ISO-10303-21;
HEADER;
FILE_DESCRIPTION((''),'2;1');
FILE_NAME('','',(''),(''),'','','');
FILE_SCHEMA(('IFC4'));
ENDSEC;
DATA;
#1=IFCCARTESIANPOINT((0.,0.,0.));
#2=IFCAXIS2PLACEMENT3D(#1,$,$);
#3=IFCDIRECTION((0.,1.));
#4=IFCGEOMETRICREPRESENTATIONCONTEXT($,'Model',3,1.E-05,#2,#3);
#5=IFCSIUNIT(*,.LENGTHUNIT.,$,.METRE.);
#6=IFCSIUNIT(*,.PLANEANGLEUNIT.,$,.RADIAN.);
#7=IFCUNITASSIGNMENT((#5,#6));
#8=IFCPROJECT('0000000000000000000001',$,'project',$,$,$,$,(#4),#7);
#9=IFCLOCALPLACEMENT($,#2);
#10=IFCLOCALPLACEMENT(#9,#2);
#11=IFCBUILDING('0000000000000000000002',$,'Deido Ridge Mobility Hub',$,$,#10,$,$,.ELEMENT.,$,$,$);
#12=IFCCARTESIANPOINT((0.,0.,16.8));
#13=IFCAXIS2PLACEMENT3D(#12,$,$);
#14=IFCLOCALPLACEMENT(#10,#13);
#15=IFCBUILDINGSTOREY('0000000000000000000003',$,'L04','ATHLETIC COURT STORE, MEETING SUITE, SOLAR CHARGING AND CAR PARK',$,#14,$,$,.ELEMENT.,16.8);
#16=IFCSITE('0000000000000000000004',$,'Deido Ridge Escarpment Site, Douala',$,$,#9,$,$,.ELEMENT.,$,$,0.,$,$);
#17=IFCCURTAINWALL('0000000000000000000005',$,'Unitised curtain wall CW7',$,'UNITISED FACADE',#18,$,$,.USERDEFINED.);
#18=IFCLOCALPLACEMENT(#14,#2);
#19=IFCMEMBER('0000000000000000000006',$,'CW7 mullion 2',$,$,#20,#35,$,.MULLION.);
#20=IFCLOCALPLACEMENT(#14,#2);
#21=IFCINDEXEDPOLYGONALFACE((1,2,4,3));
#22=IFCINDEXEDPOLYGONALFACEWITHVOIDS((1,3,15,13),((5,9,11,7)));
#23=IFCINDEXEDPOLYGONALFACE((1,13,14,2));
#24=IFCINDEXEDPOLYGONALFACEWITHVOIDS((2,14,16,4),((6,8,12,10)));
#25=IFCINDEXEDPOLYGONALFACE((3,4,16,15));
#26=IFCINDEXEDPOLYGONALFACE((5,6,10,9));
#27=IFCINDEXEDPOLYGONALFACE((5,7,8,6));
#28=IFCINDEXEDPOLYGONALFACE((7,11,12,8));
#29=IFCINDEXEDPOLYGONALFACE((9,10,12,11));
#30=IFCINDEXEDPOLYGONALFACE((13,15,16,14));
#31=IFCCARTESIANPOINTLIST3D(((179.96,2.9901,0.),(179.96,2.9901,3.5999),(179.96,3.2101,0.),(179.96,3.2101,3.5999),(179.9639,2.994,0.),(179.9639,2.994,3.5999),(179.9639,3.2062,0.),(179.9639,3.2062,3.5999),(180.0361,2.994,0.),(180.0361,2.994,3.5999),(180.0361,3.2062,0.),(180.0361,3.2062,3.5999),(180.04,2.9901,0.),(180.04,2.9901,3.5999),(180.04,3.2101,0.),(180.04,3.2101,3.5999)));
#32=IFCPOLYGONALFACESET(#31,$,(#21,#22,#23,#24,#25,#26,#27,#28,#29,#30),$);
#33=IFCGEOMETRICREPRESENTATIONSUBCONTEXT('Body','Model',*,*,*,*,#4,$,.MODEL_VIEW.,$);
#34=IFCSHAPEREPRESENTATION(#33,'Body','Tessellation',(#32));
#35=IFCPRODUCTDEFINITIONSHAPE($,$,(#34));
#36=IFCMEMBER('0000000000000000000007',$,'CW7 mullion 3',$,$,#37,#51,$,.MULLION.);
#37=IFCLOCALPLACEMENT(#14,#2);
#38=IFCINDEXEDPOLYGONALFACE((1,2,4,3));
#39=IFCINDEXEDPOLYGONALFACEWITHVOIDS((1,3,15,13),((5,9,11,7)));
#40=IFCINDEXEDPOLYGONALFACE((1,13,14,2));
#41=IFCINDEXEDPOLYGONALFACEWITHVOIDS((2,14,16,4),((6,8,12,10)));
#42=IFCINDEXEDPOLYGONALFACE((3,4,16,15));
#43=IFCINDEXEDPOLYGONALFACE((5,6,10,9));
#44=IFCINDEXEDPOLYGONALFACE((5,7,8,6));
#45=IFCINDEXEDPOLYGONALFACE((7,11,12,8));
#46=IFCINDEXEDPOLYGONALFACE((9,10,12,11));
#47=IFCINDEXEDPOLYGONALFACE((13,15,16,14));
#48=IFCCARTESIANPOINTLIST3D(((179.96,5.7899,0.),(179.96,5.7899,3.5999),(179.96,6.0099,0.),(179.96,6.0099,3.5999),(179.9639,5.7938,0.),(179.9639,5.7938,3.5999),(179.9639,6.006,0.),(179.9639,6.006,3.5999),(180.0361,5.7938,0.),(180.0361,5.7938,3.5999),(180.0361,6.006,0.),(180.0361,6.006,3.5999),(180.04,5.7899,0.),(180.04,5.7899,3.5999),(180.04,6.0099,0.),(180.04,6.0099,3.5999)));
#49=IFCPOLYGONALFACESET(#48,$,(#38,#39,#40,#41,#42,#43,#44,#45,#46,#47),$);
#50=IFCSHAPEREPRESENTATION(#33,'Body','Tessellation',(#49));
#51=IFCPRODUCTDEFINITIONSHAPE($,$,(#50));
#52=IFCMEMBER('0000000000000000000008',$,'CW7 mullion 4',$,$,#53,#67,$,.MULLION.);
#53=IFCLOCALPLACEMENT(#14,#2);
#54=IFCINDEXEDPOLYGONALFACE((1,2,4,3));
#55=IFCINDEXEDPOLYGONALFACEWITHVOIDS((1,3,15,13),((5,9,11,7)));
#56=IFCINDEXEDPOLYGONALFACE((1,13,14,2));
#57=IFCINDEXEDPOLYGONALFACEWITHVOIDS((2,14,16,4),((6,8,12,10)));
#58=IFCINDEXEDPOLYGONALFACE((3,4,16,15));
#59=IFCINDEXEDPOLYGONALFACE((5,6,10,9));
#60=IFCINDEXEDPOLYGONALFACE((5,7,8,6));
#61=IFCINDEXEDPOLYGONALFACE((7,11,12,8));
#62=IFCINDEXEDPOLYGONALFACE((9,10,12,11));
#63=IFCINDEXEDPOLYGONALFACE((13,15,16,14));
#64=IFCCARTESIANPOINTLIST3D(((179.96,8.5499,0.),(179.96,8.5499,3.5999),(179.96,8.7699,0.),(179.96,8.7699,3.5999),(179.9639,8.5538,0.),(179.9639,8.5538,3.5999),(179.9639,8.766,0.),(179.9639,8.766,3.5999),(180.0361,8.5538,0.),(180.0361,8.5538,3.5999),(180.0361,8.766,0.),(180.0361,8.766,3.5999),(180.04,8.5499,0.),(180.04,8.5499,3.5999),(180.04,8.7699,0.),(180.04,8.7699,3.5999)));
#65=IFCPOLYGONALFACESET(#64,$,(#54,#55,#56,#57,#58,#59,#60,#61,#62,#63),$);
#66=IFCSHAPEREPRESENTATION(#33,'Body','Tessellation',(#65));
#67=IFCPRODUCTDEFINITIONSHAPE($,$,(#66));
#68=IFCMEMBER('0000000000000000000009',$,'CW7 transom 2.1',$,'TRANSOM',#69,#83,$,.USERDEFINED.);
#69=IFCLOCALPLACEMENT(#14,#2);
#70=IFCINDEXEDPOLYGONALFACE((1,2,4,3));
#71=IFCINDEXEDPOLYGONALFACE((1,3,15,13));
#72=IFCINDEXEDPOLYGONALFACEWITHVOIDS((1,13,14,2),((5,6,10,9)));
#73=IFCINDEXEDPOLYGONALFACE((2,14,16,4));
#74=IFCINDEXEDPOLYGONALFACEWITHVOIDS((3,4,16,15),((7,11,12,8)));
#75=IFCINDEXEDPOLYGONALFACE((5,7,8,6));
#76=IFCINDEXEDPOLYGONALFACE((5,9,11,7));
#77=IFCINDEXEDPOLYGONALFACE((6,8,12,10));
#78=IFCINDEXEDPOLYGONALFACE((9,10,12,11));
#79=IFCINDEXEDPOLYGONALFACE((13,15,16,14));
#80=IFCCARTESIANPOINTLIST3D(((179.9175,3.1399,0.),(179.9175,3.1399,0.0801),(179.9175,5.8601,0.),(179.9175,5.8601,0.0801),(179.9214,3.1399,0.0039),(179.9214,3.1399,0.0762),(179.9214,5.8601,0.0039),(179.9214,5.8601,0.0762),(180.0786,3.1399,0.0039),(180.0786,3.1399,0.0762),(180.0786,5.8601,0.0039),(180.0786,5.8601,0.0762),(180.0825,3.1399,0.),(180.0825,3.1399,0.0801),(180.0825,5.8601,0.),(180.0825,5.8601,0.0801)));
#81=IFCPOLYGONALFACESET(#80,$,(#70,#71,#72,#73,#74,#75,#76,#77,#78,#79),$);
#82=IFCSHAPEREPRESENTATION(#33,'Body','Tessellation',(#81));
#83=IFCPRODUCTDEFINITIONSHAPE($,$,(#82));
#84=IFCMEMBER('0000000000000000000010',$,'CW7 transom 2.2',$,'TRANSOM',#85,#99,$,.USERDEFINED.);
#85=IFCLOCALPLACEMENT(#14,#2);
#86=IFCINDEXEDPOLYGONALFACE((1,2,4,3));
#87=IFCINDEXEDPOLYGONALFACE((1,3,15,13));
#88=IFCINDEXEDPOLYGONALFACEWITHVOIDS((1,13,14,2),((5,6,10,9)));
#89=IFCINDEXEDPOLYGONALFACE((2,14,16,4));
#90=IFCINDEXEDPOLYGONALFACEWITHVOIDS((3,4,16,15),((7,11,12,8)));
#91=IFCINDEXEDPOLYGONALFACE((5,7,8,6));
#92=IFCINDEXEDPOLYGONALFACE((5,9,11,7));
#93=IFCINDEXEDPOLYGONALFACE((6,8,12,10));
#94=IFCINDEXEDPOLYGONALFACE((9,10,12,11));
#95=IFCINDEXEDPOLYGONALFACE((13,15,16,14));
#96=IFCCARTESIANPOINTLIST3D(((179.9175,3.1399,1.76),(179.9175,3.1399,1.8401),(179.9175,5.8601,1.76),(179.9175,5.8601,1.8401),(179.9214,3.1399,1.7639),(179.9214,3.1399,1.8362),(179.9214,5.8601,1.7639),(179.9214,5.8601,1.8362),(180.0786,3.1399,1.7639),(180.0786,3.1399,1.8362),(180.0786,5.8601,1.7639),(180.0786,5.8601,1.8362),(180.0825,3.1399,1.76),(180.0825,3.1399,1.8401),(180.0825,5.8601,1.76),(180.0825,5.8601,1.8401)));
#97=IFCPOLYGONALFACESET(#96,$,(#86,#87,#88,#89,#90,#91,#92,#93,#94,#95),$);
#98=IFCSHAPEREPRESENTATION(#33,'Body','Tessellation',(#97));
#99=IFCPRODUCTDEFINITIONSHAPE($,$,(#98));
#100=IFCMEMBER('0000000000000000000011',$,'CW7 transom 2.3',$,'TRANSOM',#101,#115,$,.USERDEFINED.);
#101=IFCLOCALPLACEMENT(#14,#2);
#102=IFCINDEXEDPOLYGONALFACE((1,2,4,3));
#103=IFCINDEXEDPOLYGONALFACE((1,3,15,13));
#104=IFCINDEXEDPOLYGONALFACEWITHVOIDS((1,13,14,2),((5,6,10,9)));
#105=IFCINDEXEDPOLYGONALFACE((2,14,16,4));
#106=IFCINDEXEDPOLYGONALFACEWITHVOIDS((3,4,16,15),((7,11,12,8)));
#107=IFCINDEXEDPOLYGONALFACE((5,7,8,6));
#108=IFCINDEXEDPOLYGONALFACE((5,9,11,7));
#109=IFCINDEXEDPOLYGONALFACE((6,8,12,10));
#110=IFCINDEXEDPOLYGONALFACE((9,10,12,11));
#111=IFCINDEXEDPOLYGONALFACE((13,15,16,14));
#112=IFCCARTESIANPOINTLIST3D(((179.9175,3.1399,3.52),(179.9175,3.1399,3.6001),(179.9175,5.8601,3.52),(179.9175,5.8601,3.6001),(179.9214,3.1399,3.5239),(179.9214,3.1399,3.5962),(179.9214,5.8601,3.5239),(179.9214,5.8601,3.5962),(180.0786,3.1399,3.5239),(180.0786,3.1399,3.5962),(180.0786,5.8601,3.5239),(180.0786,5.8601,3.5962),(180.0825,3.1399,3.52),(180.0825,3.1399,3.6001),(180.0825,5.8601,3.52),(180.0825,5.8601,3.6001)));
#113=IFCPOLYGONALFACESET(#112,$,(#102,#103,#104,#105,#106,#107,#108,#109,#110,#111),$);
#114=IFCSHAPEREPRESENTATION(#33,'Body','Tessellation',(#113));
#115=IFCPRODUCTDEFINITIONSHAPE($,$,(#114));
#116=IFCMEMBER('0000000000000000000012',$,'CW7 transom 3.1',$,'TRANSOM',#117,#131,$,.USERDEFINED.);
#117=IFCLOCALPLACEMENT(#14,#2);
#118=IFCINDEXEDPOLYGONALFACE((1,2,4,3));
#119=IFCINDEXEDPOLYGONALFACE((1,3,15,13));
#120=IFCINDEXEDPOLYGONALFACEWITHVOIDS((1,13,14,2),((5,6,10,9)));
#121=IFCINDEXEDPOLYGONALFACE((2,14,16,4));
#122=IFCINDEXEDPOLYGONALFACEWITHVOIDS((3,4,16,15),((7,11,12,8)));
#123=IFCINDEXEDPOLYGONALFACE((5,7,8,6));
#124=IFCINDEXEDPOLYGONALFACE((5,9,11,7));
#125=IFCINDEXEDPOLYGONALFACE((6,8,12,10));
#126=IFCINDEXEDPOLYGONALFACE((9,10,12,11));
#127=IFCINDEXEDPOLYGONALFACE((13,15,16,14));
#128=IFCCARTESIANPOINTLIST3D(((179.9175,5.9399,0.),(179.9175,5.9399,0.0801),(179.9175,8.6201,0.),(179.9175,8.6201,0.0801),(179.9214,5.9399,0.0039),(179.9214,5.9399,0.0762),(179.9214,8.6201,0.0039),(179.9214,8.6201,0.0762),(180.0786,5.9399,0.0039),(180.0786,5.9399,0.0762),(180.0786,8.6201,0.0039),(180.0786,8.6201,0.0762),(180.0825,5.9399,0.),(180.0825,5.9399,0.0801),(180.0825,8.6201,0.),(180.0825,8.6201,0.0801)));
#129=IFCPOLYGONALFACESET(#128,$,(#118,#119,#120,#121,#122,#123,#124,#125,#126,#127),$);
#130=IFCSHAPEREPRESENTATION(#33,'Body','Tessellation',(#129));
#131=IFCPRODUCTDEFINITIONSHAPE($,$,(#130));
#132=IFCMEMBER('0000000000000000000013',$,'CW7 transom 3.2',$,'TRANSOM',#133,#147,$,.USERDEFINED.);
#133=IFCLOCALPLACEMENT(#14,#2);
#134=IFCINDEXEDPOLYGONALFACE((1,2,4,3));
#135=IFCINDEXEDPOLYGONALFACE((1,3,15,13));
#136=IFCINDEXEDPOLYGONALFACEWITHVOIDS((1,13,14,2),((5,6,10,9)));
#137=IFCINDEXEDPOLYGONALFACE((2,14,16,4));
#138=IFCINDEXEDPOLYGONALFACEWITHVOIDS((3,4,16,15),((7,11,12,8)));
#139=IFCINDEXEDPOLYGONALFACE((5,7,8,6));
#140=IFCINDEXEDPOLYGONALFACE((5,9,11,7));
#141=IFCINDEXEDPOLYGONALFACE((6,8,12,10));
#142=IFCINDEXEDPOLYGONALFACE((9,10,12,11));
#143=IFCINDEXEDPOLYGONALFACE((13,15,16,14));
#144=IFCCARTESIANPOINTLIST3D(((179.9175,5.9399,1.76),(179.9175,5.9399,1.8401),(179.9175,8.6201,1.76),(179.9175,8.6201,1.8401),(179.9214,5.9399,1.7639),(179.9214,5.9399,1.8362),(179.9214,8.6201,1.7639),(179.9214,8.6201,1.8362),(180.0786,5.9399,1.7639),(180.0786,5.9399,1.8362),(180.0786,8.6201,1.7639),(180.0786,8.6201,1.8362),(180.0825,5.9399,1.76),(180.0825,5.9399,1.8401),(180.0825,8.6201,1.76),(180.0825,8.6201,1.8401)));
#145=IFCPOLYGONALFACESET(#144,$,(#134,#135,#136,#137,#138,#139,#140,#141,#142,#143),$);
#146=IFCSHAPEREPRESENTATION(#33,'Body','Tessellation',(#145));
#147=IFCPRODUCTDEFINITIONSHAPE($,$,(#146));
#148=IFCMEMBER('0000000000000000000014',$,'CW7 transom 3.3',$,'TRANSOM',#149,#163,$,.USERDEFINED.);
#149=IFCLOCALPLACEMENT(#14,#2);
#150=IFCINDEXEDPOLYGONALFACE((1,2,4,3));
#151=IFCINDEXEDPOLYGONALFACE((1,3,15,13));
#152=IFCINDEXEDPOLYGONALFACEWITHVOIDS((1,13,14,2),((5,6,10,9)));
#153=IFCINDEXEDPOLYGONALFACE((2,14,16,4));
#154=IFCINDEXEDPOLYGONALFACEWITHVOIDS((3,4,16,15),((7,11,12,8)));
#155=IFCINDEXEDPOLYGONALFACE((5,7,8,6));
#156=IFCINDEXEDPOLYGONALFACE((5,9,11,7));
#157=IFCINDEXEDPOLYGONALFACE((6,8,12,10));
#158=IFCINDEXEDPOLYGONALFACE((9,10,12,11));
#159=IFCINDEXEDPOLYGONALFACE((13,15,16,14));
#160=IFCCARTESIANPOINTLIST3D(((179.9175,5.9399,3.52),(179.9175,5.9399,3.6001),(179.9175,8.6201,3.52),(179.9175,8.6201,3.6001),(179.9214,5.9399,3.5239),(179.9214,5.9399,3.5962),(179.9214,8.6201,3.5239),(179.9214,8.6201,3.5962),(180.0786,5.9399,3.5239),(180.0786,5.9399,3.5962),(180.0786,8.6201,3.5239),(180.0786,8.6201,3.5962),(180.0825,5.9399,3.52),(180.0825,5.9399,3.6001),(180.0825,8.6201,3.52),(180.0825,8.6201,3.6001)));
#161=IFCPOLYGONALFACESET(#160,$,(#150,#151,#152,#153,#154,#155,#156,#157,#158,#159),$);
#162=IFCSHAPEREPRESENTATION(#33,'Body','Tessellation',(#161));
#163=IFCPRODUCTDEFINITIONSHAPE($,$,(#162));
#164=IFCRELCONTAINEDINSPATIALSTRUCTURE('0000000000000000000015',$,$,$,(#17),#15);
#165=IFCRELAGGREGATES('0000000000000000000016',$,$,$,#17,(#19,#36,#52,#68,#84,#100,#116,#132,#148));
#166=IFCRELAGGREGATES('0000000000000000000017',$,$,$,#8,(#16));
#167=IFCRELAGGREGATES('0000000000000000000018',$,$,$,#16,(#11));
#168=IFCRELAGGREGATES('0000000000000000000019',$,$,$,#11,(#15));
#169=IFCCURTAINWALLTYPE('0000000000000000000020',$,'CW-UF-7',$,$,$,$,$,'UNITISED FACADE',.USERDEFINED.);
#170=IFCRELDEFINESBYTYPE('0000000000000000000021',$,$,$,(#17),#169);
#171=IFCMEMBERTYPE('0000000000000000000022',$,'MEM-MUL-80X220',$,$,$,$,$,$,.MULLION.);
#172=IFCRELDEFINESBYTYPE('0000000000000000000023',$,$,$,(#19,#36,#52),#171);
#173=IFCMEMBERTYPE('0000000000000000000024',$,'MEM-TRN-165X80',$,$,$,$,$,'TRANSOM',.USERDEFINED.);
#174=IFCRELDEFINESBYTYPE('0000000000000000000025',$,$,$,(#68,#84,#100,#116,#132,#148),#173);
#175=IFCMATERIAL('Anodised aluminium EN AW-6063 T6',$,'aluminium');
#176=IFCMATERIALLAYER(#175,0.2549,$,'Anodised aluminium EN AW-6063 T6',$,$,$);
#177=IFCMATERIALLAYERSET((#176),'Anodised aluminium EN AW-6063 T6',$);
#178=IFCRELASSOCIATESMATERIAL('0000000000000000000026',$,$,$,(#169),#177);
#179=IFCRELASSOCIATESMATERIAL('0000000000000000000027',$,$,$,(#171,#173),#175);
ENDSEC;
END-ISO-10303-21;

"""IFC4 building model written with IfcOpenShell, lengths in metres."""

from ifc_helpers import new_model, si_unit, direction, frame, origin, origin_2d, place, context, subcontext, project, spatial, hollow_rectangle, extrude, material, layer, layer_set, material_profile, profile_set, type_object, element, aggregate, save


model = new_model("IFC4")

# Units and contexts
model_context = context("Model", 3, precision=1e-05, world=origin(), true_north=direction((0.0, 1.0)))
body_context = subcontext(model_context, "Body", "Model", "MODEL_VIEW")
ifc_project = project(units=[si_unit("LENGTHUNIT", "METRE"), si_unit("PLANEANGLEUNIT", "RADIAN")], contexts=[model_context])

# Site, building, storey
site_placement = place(None, origin())
site = spatial("IfcSite", under=ifc_project, at=site_placement, Name="Deido Ridge Escarpment Site, Douala", CompositionType="ELEMENT", RefElevation=0.0)
building_placement = place(site_placement, origin())
building = spatial("IfcBuilding", under=site, at=building_placement, Name="Deido Ridge Mobility Hub", CompositionType="ELEMENT")
storey_placement = place(building_placement, frame((0.0, 0.0, 16.8)))
storey = spatial("IfcBuildingStorey", under=building, at=storey_placement, Name="L04", Description="ATHLETIC COURT STORE, MEETING SUITE, SOLAR CHARGING AND CAR PARK", CompositionType="ELEMENT", Elevation=16.8)

# Curtain wall, members
ifc_material_1 = material(Name="Anodised aluminium EN AW-6063 T6", Category="aluminium")
ifc_layer_1 = layer(ifc_material_1, 0.2549, Name="Anodised aluminium EN AW-6063 T6")
ifc_layer_set_1 = layer_set([ifc_layer_1], Name="Anodised aluminium EN AW-6063 T6")
curtain_wall_type = type_object("IfcCurtainWallType", Name="CW-UF-7", ElementType="UNITISED FACADE", PredefinedType="USERDEFINED", material=ifc_layer_set_1)
curtain_wall_placement = place(storey_placement, origin())
curtain_wall = element("IfcCurtainWall", 1, at=curtain_wall_placement, inside=storey, type_object=curtain_wall_type, Name="Unitised curtain wall CW7", ObjectType="UNITISED FACADE", PredefinedType="USERDEFINED")
ifc_material_profile_1 = material_profile(ifc_material_1, hollow_rectangle(XDim=0.0801, YDim=0.22, WallThickness=0.0039, at=origin_2d()), Name="RHS 80x220x4")
ifc_profile_set_1 = profile_set([ifc_material_profile_1], Name="Anodised aluminium EN AW-6063 T6")
member_type_1 = type_object("IfcMemberType", Name="MEM-MUL-80X220", PredefinedType="MULLION", material=ifc_profile_set_1)
member_1_placement = place(storey_placement, frame((180.0, 3.1001, 0.0), z_axis=(0.0, 0.0, 1.0), x_axis=(-1.0, 0.0, 0.0)))
member_1 = element("IfcMember", 2, at=member_1_placement, type_object=member_type_1, Name="CW7 mullion 2", PredefinedType="MULLION", context=body_context, shape_type="SweptSolid", body=[
    extrude(hollow_rectangle(XDim=0.0801, YDim=0.22, WallThickness=0.0039, at=origin_2d()), origin(), (0.0, 0.0, 1.0), 3.5999),
])
member_2_placement = place(storey_placement, frame((180.0, 5.8999, 0.0), z_axis=(0.0, 0.0, 1.0), x_axis=(-1.0, 0.0, 0.0)))
member_2 = element("IfcMember", 3, at=member_2_placement, type_object=member_type_1, Name="CW7 mullion 3", PredefinedType="MULLION", context=body_context, shape_type="SweptSolid", body=[
    extrude(hollow_rectangle(XDim=0.0801, YDim=0.22, WallThickness=0.0039, at=origin_2d()), origin(), (0.0, 0.0, 1.0), 3.5999),
])
member_3_placement = place(storey_placement, frame((180.0, 8.6599, 0.0), z_axis=(0.0, 0.0, 1.0), x_axis=(-1.0, 0.0, 0.0)))
member_3 = element("IfcMember", 4, at=member_3_placement, type_object=member_type_1, Name="CW7 mullion 4", PredefinedType="MULLION", context=body_context, shape_type="SweptSolid", body=[
    extrude(hollow_rectangle(XDim=0.0801, YDim=0.22, WallThickness=0.0039, at=origin_2d()), origin(), (0.0, 0.0, 1.0), 3.5999),
])
ifc_material_profile_2 = material_profile(ifc_material_1, hollow_rectangle(XDim=0.165, YDim=0.0801, WallThickness=0.0039, at=origin_2d()), Name="RHS 165x80x4")
ifc_profile_set_2 = profile_set([ifc_material_profile_2], Name="Anodised aluminium EN AW-6063 T6")
member_type_2 = type_object("IfcMemberType", Name="MEM-TRN-165X80", ElementType="TRANSOM", PredefinedType="USERDEFINED", material=ifc_profile_set_2)
member_4_placement = place(storey_placement, frame((180.0, 3.1399, 0.04), z_axis=(0.0, 1.0, 0.0), x_axis=(-1.0, 0.0, 0.0)))
member_4 = element("IfcMember", 5, at=member_4_placement, type_object=member_type_2, Name="CW7 transom 2.1", ObjectType="TRANSOM", PredefinedType="USERDEFINED", context=body_context, shape_type="SweptSolid", body=[
    extrude(hollow_rectangle(XDim=0.165, YDim=0.0801, WallThickness=0.0039, at=origin_2d()), origin(), (0.0, 0.0, 1.0), 2.7202),
])
member_5_placement = place(storey_placement, frame((180.0, 3.1399, 1.8), z_axis=(0.0, 1.0, 0.0), x_axis=(-1.0, 0.0, 0.0)))
member_5 = element("IfcMember", 6, at=member_5_placement, type_object=member_type_2, Name="CW7 transom 2.2", ObjectType="TRANSOM", PredefinedType="USERDEFINED", context=body_context, shape_type="SweptSolid", body=[
    extrude(hollow_rectangle(XDim=0.165, YDim=0.0801, WallThickness=0.0039, at=origin_2d()), origin(), (0.0, 0.0, 1.0), 2.7202),
])
member_6_placement = place(storey_placement, frame((180.0, 3.1399, 3.5601), z_axis=(0.0, 1.0, 0.0), x_axis=(-1.0, 0.0, 0.0)))
member_6 = element("IfcMember", 7, at=member_6_placement, type_object=member_type_2, Name="CW7 transom 2.3", ObjectType="TRANSOM", PredefinedType="USERDEFINED", context=body_context, shape_type="SweptSolid", body=[
    extrude(hollow_rectangle(XDim=0.165, YDim=0.0801, WallThickness=0.0039, at=origin_2d()), origin(), (0.0, 0.0, 1.0), 2.7202),
])
member_7_placement = place(storey_placement, frame((180.0, 5.9399, 0.04), z_axis=(0.0, 1.0, 0.0), x_axis=(-1.0, 0.0, 0.0)))
member_7 = element("IfcMember", 8, at=member_7_placement, type_object=member_type_2, Name="CW7 transom 3.1", ObjectType="TRANSOM", PredefinedType="USERDEFINED", context=body_context, shape_type="SweptSolid", body=[
    extrude(hollow_rectangle(XDim=0.165, YDim=0.0801, WallThickness=0.0039, at=origin_2d()), origin(), (0.0, 0.0, 1.0), 2.6802),
])
member_8_placement = place(storey_placement, frame((180.0, 5.9399, 1.8), z_axis=(0.0, 1.0, 0.0), x_axis=(-1.0, 0.0, 0.0)))
member_8 = element("IfcMember", 9, at=member_8_placement, type_object=member_type_2, Name="CW7 transom 3.2", ObjectType="TRANSOM", PredefinedType="USERDEFINED", context=body_context, shape_type="SweptSolid", body=[
    extrude(hollow_rectangle(XDim=0.165, YDim=0.0801, WallThickness=0.0039, at=origin_2d()), origin(), (0.0, 0.0, 1.0), 2.6802),
])
member_9_placement = place(storey_placement, frame((180.0, 5.9399, 3.5601), z_axis=(0.0, 1.0, 0.0), x_axis=(-1.0, 0.0, 0.0)))
member_9 = element("IfcMember", 10, at=member_9_placement, type_object=member_type_2, Name="CW7 transom 3.3", ObjectType="TRANSOM", PredefinedType="USERDEFINED", context=body_context, shape_type="SweptSolid", body=[
    extrude(hollow_rectangle(XDim=0.165, YDim=0.0801, WallThickness=0.0039, at=origin_2d()), origin(), (0.0, 0.0, 1.0), 2.6802),
])

aggregate(curtain_wall, [member_1, member_2, member_3, member_4, member_5, member_6, member_7, member_8, member_9])

save(model, "model.ifc")
